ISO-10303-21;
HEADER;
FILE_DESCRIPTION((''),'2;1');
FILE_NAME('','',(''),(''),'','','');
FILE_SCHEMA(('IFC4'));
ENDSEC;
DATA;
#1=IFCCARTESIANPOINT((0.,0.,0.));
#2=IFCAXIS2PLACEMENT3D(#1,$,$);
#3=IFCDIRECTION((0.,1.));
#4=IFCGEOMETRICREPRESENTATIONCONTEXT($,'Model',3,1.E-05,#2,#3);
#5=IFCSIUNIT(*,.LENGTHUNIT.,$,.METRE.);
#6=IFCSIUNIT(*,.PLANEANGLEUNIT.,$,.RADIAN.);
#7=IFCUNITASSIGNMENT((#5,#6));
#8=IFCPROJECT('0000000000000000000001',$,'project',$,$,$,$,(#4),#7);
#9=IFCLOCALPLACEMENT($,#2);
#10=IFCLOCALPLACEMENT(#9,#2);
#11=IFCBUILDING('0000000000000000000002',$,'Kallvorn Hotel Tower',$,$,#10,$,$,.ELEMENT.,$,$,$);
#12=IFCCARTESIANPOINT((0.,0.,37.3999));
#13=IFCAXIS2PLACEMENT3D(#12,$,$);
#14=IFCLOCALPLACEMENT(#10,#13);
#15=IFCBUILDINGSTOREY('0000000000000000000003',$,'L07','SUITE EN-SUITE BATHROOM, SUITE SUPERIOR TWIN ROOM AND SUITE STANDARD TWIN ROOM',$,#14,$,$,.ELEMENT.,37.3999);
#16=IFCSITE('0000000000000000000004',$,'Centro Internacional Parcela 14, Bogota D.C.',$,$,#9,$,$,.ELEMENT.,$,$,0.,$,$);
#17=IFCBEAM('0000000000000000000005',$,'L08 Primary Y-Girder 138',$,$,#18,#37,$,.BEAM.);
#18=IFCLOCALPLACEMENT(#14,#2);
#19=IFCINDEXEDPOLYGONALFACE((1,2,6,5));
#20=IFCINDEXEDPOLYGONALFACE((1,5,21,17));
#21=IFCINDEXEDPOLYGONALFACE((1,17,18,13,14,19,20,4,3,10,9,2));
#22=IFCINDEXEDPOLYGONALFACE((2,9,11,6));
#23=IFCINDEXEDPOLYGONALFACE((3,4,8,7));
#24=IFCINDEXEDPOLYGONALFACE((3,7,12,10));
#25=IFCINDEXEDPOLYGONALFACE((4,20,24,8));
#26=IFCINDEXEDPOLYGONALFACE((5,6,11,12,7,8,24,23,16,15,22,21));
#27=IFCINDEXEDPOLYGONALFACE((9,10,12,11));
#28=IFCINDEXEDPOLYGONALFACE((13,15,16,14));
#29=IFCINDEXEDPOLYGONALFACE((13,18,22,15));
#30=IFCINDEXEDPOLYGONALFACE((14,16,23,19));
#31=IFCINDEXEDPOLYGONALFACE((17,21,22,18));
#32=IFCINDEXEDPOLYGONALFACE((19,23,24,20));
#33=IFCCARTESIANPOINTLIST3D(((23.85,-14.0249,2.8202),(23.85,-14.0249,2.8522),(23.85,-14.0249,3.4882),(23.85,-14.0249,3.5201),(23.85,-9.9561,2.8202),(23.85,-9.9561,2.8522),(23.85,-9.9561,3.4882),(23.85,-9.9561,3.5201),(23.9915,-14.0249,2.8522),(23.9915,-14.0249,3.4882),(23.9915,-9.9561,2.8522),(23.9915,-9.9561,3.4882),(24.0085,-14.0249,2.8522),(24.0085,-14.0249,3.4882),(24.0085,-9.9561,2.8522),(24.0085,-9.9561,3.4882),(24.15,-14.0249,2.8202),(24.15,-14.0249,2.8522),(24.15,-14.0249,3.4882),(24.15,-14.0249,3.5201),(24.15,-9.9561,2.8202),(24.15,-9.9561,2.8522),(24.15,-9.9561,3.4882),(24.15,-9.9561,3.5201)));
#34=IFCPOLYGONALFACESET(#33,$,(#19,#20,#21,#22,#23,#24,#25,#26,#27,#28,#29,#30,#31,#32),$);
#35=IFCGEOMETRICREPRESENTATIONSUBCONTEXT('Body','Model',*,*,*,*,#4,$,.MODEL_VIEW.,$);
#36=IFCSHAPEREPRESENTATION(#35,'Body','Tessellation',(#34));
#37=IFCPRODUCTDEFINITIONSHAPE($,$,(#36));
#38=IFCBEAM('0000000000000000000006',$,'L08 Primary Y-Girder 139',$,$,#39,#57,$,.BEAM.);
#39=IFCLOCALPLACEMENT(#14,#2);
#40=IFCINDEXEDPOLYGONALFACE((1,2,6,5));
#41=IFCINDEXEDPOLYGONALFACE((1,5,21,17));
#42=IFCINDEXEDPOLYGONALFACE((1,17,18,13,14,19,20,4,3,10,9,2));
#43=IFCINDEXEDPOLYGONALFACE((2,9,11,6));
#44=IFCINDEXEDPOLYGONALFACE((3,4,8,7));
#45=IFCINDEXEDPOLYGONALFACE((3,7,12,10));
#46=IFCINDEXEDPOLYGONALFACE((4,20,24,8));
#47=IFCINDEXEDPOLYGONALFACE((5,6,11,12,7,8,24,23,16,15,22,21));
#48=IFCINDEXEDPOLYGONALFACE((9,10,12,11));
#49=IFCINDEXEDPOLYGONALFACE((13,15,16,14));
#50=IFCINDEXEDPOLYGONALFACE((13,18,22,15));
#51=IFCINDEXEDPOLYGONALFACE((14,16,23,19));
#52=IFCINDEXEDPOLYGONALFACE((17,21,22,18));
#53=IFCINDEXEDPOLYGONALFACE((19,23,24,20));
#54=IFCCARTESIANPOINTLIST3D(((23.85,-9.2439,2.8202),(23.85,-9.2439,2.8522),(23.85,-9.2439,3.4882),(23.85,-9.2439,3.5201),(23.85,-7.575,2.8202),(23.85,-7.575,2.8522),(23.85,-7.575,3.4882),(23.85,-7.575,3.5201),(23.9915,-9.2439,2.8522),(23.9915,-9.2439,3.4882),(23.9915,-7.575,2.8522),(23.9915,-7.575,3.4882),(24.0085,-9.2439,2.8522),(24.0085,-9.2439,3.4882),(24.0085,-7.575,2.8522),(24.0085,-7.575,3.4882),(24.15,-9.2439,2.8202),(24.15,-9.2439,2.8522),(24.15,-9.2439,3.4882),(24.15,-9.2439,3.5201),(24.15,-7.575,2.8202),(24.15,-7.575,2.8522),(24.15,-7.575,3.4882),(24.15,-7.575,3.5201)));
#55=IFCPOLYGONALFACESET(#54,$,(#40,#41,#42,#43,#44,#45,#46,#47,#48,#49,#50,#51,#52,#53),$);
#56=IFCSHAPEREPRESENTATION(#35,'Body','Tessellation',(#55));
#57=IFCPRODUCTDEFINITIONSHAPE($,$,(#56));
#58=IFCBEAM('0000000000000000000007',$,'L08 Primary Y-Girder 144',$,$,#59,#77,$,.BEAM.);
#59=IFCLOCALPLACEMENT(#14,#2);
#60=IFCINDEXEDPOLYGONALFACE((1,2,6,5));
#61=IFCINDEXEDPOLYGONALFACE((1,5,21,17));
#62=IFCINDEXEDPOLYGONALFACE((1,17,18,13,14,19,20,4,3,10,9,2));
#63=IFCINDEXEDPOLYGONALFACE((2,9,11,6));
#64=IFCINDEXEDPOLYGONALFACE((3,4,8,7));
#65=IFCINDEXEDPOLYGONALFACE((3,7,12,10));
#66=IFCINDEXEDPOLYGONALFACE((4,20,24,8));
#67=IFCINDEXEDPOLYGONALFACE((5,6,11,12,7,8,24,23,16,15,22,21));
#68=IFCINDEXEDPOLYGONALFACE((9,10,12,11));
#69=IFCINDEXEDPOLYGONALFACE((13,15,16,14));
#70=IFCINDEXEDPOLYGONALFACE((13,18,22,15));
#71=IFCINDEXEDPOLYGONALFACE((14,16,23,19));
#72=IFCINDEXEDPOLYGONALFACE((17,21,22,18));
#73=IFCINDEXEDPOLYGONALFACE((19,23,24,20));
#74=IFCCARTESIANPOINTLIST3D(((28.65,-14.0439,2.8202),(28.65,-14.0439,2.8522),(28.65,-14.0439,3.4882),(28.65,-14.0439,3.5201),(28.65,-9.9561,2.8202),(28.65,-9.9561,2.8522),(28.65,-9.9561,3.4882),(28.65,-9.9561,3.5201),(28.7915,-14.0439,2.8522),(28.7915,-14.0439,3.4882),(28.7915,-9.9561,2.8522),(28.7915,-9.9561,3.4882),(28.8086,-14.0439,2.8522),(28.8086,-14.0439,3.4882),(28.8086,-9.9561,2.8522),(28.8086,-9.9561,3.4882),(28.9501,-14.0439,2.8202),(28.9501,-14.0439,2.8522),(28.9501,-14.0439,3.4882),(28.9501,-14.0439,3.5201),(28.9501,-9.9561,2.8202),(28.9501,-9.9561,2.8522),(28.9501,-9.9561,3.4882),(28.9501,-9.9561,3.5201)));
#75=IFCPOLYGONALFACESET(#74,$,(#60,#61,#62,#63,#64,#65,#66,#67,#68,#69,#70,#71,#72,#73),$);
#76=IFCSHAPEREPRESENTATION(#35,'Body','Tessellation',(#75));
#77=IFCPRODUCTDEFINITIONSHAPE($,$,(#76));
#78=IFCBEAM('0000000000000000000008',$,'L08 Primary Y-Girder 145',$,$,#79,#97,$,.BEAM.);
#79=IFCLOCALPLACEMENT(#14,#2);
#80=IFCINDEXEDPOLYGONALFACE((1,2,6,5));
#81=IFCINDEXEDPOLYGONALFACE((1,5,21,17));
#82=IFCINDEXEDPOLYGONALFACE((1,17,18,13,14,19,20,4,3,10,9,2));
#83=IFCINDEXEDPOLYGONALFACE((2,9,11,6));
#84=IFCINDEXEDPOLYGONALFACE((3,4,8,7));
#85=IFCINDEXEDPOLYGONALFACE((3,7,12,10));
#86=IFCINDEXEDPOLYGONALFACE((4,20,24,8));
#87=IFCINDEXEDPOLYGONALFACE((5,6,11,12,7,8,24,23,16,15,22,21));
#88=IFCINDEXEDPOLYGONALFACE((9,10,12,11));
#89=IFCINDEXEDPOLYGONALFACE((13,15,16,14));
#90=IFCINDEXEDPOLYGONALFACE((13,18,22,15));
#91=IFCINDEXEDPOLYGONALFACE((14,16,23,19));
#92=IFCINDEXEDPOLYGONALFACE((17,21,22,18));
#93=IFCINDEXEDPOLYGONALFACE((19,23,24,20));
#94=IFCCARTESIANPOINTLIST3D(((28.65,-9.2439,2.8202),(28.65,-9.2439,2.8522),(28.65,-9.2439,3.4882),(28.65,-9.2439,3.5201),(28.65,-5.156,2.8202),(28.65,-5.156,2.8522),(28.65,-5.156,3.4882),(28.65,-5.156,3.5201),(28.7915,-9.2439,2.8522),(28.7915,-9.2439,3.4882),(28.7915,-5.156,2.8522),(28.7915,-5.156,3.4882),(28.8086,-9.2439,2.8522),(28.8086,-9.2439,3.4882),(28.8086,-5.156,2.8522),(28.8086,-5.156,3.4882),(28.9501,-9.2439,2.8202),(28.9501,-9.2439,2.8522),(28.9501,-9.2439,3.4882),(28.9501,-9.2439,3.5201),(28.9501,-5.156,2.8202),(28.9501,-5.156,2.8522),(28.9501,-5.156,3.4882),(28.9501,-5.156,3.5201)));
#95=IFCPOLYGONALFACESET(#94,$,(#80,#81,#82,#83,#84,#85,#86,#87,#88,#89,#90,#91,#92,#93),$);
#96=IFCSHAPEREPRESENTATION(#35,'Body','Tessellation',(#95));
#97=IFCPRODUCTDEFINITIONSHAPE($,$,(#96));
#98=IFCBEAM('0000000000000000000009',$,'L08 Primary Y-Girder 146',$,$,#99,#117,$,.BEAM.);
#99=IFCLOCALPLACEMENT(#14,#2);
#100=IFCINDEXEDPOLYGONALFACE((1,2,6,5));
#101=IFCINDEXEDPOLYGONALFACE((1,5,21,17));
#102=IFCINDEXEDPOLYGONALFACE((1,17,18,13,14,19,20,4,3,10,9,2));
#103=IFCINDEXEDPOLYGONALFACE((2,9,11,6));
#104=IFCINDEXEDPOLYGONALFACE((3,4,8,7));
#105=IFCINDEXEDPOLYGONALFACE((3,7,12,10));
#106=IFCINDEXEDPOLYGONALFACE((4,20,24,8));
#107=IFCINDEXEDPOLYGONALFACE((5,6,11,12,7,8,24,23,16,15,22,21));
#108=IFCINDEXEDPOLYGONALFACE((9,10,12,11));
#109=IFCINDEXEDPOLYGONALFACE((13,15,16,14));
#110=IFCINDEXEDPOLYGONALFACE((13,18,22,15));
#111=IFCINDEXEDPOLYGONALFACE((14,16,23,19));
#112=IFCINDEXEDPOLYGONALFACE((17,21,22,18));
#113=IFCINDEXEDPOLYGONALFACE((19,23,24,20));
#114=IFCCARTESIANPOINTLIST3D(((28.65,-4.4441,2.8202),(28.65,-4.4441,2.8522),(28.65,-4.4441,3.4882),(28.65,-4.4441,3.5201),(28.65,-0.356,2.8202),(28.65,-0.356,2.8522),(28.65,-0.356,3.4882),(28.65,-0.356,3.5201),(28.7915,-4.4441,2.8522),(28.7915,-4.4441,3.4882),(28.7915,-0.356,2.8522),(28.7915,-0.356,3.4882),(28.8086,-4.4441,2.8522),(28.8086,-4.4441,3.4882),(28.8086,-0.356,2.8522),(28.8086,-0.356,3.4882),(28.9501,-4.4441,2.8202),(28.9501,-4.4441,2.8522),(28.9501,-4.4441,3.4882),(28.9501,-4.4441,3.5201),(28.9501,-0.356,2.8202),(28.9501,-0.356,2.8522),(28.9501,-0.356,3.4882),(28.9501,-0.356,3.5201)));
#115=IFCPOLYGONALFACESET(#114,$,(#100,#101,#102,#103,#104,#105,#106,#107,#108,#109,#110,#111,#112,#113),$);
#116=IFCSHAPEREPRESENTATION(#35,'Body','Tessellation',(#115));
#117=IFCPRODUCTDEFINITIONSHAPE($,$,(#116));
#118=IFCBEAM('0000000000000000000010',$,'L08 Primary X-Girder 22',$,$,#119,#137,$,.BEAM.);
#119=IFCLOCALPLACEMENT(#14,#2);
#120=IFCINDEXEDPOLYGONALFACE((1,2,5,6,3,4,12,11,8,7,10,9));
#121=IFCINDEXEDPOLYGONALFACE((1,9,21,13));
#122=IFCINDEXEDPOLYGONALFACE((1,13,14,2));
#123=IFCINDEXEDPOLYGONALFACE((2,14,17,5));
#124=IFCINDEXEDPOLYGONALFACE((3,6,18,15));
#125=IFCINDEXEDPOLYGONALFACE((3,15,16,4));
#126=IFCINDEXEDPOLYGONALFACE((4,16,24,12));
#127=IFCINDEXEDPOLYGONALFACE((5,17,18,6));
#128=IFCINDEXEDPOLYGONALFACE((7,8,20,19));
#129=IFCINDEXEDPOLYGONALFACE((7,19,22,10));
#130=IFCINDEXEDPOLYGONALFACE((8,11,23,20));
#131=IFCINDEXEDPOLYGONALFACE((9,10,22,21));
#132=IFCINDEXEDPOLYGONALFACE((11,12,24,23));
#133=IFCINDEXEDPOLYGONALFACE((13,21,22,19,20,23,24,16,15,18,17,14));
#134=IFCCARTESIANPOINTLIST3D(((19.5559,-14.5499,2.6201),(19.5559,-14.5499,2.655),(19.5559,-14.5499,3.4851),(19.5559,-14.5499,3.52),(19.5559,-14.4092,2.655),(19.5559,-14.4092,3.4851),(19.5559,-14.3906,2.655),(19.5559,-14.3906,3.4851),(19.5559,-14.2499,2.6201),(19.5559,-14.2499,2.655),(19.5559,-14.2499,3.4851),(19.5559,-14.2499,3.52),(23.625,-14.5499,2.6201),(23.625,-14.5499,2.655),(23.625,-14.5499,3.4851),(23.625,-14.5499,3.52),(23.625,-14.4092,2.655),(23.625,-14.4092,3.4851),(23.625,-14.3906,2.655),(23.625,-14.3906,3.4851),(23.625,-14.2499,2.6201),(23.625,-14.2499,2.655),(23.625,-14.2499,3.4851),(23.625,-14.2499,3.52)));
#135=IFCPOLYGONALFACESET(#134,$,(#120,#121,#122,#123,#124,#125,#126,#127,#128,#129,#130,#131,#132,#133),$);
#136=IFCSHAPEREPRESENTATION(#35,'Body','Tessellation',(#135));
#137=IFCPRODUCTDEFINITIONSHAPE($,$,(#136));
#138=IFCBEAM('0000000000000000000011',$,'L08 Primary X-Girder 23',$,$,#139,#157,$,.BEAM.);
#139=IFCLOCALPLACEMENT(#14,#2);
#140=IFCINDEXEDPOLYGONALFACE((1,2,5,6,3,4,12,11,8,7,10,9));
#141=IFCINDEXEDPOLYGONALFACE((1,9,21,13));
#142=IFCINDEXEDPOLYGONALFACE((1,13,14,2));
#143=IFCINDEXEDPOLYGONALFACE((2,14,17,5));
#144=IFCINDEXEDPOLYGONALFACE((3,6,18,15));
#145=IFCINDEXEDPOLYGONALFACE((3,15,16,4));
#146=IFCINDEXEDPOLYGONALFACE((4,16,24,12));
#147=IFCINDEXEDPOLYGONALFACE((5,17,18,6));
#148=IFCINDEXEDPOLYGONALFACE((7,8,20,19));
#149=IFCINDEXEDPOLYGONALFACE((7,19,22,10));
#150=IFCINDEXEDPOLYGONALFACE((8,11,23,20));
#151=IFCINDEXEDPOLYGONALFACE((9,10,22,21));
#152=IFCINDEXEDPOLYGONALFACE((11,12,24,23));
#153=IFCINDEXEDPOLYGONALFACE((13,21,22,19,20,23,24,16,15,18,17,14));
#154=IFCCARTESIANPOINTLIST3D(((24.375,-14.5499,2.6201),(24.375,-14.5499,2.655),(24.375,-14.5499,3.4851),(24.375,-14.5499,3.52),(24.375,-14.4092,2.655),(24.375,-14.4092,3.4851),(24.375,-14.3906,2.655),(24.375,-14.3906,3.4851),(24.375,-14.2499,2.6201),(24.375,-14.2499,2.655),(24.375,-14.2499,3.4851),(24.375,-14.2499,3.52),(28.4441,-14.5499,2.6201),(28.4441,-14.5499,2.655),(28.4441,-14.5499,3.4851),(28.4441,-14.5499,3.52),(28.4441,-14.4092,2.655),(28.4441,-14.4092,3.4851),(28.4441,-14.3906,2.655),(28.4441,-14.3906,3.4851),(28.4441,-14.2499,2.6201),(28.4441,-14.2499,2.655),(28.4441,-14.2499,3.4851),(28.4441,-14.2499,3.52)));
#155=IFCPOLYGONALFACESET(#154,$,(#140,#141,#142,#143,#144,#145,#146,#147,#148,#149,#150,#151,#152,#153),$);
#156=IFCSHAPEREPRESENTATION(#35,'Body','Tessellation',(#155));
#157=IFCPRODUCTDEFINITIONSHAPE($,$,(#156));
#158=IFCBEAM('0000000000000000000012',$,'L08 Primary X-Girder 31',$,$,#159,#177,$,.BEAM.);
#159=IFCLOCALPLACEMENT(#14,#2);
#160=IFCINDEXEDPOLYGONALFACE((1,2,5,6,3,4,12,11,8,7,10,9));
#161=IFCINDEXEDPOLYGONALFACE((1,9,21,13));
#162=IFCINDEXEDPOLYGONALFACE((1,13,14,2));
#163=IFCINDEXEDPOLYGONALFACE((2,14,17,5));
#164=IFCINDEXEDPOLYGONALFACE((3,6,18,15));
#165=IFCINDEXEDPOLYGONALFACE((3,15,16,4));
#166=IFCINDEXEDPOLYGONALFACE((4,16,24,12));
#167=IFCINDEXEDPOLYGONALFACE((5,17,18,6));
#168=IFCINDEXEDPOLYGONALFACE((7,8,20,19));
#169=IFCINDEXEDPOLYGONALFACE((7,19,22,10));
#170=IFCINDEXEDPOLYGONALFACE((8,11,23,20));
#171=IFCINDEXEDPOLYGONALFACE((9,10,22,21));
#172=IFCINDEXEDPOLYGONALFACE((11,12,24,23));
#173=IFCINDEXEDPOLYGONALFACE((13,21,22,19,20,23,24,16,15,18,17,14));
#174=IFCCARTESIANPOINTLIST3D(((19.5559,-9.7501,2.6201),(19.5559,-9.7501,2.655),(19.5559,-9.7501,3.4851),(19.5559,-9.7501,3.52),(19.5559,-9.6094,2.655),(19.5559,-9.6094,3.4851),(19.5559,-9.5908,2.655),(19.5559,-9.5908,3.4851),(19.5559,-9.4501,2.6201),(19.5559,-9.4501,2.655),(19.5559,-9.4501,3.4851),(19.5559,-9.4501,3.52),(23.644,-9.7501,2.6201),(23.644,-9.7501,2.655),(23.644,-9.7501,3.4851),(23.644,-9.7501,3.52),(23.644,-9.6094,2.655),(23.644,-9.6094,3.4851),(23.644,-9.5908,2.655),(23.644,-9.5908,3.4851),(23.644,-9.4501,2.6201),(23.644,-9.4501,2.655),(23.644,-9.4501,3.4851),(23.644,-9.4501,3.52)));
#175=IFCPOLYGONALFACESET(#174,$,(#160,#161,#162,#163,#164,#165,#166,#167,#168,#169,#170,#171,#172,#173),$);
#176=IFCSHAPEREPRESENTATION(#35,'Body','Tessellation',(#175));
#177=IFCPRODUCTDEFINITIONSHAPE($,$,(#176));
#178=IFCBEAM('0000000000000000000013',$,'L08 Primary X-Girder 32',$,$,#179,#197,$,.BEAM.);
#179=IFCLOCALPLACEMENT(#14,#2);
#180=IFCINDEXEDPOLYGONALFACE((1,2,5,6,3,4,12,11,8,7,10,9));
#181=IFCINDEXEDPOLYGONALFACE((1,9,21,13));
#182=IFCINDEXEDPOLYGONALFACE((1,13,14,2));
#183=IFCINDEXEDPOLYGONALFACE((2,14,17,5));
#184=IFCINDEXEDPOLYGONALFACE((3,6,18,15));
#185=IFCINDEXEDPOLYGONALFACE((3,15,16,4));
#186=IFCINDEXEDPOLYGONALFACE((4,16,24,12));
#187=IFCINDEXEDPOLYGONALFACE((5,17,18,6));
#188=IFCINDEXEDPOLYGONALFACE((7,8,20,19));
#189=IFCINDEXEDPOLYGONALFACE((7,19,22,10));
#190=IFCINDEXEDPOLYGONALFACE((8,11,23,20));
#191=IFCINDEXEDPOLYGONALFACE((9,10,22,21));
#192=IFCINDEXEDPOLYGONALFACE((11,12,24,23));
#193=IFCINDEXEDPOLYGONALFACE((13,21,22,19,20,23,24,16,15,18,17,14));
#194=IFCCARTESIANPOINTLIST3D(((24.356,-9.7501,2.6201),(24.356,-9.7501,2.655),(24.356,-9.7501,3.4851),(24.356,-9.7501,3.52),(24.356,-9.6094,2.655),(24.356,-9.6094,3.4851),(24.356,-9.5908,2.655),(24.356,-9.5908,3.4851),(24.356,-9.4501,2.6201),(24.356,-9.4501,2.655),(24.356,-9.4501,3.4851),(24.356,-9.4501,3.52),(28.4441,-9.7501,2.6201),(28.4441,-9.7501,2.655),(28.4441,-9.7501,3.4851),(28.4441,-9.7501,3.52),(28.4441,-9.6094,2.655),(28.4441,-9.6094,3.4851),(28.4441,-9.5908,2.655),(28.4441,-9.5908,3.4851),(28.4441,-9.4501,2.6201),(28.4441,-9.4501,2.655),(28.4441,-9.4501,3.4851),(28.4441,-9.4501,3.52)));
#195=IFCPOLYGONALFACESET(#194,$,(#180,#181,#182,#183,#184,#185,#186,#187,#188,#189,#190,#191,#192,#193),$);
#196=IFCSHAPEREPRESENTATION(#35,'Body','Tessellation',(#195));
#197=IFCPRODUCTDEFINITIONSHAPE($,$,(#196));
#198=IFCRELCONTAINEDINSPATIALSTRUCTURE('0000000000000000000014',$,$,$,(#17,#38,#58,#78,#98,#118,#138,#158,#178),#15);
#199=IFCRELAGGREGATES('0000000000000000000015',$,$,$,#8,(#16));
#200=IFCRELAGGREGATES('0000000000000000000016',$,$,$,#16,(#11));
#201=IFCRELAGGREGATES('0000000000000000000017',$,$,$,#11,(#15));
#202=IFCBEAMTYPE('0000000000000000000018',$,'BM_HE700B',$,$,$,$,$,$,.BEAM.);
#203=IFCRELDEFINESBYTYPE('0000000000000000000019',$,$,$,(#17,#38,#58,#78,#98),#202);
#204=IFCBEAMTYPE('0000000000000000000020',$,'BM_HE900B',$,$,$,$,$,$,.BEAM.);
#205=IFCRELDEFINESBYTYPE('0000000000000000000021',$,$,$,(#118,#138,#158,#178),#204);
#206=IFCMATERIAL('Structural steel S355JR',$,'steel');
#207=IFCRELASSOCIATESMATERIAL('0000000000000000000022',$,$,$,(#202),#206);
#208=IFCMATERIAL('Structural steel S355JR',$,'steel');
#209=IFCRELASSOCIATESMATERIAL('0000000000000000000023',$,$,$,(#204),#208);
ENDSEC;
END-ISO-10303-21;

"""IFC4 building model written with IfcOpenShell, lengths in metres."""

from ifc_helpers import new_model, si_unit, direction, frame, origin, origin_2d, place, context, subcontext, project, spatial, i_section, extrude, material, material_profile, profile_set, type_object, element, save


model = new_model("IFC4")

# Units and contexts
model_context = context("Model", 3, precision=1e-05, world=origin(), true_north=direction((0.0, 1.0)))
body_context = subcontext(model_context, "Body", "Model", "MODEL_VIEW")
ifc_project = project(units=[si_unit("LENGTHUNIT", "METRE"), si_unit("PLANEANGLEUNIT", "RADIAN")], contexts=[model_context])

# Site, building, storey
site_placement = place(None, origin())
site = spatial("IfcSite", under=ifc_project, at=site_placement, Name="Centro Internacional Parcela 14, Bogota D.C.", CompositionType="ELEMENT", RefElevation=0.0)
building_placement = place(site_placement, origin())
building = spatial("IfcBuilding", under=site, at=building_placement, Name="Kallvorn Hotel Tower", CompositionType="ELEMENT")
storey_placement = place(building_placement, frame((0.0, 0.0, 37.3999)))
storey = spatial("IfcBuildingStorey", under=building, at=storey_placement, Name="L07", Description="SUITE EN-SUITE BATHROOM, SUITE SUPERIOR TWIN ROOM AND SUITE STANDARD TWIN ROOM", CompositionType="ELEMENT", Elevation=37.3999)

# Beams
ifc_material_1 = material(Name="Structural steel S355JR", Category="steel")
ifc_material_profile_1 = material_profile(ifc_material_1, i_section(OverallWidth=0.3, OverallDepth=0.7, WebThickness=0.0171, FlangeThickness=0.032, at=origin_2d()), Name="HE 700 B")
ifc_profile_set_1 = profile_set([ifc_material_profile_1], Name="Structural steel S355JR")
beam_type_1 = type_object("IfcBeamType", Name="BM_HE700B", PredefinedType="BEAM", material=ifc_profile_set_1)
beam_1_placement = place(storey_placement, frame((24.0, -14.0249, 3.1702), z_axis=(0.0, 1.0, 0.0), x_axis=(-1.0, 0.0, 0.0)))
element("IfcBeam", 1, at=beam_1_placement, inside=storey, type_object=beam_type_1, Name="L08 Primary Y-Girder 138", PredefinedType="BEAM", context=body_context, shape_type="SweptSolid", body=[
    extrude(i_section(OverallWidth=0.3, OverallDepth=0.7, WebThickness=0.0171, FlangeThickness=0.032, at=origin_2d()), origin(), (0.0, 0.0, 1.0), 4.0688),
])
beam_2_placement = place(storey_placement, frame((24.0, -9.2439, 3.1702), z_axis=(0.0, 1.0, 0.0), x_axis=(-1.0, 0.0, 0.0)))
element("IfcBeam", 2, at=beam_2_placement, inside=storey, type_object=beam_type_1, Name="L08 Primary Y-Girder 139", PredefinedType="BEAM", context=body_context, shape_type="SweptSolid", body=[
    extrude(i_section(OverallWidth=0.3, OverallDepth=0.7, WebThickness=0.0171, FlangeThickness=0.032, at=origin_2d()), origin(), (0.0, 0.0, 1.0), 1.6689),
])
for number, where, z_axis, x_axis, name in (
    (3, (28.8, -14.0439, 3.1702), (0.0, 1.0, 0.0), (-1.0, 0.0, 0.0), "L08 Primary Y-Girder 144"),
    (4, (28.8, -9.2439, 3.1702), (0.0, 1.0, 0.0), (-1.0, 0.0, 0.0), "L08 Primary Y-Girder 145"),
):
    element("IfcBeam", number, at=place(storey_placement, frame(where, z_axis=z_axis, x_axis=x_axis)), inside=storey, type_object=beam_type_1, Name=name, PredefinedType="BEAM", context=body_context, shape_type="SweptSolid", body=[
        extrude(i_section(OverallWidth=0.3, OverallDepth=0.7, WebThickness=0.0171, FlangeThickness=0.032, at=origin_2d()), origin(), (0.0, 0.0, 1.0), 4.0879),
    ])
beam_3_placement = place(storey_placement, frame((28.8, -4.4441, 3.1702), z_axis=(0.0, 1.0, 0.0), x_axis=(-1.0, 0.0, 0.0)))
element("IfcBeam", 5, at=beam_3_placement, inside=storey, type_object=beam_type_1, Name="L08 Primary Y-Girder 146", PredefinedType="BEAM", context=body_context, shape_type="SweptSolid", body=[
    extrude(i_section(OverallWidth=0.3, OverallDepth=0.7, WebThickness=0.0171, FlangeThickness=0.032, at=origin_2d()), origin(), (0.0, 0.0, 1.0), 4.0881),
])
ifc_material_2 = material(Name="Structural steel S355JR", Category="steel")
ifc_material_profile_2 = material_profile(ifc_material_2, i_section(OverallWidth=0.3, OverallDepth=0.8999, WebThickness=0.0186, FlangeThickness=0.0349, at=origin_2d()), Name="HE 900 B")
ifc_profile_set_2 = profile_set([ifc_material_profile_2], Name="Structural steel S355JR")
beam_type_2 = type_object("IfcBeamType", Name="BM_HE900B", PredefinedType="BEAM", material=ifc_profile_set_2)
for number, where, z_axis, x_axis, name in (
    (6, (19.5559, -14.3999, 3.0701), (1.0, 0.0, 0.0), (0.0, 1.0, 0.0), "L08 Primary X-Girder 22"),
    (7, (24.375, -14.3999, 3.0701), (1.0, 0.0, 0.0), (0.0, 1.0, 0.0), "L08 Primary X-Girder 23"),
):
    element("IfcBeam", number, at=place(storey_placement, frame(where, z_axis=z_axis, x_axis=x_axis)), inside=storey, type_object=beam_type_2, Name=name, PredefinedType="BEAM", context=body_context, shape_type="SweptSolid", body=[
        extrude(i_section(OverallWidth=0.3, OverallDepth=0.8999, WebThickness=0.0186, FlangeThickness=0.0349, at=origin_2d()), origin(), (0.0, 0.0, 1.0), 4.0691),
    ])
for number, where, z_axis, x_axis, name in (
    (8, (19.5559, -9.6001, 3.0701), (1.0, 0.0, 0.0), (0.0, 1.0, 0.0), "L08 Primary X-Girder 31"),
    (9, (24.356, -9.6001, 3.0701), (1.0, 0.0, 0.0), (0.0, 1.0, 0.0), "L08 Primary X-Girder 32"),
):
    element("IfcBeam", number, at=place(storey_placement, frame(where, z_axis=z_axis, x_axis=x_axis)), inside=storey, type_object=beam_type_2, Name=name, PredefinedType="BEAM", context=body_context, shape_type="SweptSolid", body=[
        extrude(i_section(OverallWidth=0.3, OverallDepth=0.8999, WebThickness=0.0186, FlangeThickness=0.0349, at=origin_2d()), origin(), (0.0, 0.0, 1.0), 4.0881),
    ])

save(model, "model.ifc")
